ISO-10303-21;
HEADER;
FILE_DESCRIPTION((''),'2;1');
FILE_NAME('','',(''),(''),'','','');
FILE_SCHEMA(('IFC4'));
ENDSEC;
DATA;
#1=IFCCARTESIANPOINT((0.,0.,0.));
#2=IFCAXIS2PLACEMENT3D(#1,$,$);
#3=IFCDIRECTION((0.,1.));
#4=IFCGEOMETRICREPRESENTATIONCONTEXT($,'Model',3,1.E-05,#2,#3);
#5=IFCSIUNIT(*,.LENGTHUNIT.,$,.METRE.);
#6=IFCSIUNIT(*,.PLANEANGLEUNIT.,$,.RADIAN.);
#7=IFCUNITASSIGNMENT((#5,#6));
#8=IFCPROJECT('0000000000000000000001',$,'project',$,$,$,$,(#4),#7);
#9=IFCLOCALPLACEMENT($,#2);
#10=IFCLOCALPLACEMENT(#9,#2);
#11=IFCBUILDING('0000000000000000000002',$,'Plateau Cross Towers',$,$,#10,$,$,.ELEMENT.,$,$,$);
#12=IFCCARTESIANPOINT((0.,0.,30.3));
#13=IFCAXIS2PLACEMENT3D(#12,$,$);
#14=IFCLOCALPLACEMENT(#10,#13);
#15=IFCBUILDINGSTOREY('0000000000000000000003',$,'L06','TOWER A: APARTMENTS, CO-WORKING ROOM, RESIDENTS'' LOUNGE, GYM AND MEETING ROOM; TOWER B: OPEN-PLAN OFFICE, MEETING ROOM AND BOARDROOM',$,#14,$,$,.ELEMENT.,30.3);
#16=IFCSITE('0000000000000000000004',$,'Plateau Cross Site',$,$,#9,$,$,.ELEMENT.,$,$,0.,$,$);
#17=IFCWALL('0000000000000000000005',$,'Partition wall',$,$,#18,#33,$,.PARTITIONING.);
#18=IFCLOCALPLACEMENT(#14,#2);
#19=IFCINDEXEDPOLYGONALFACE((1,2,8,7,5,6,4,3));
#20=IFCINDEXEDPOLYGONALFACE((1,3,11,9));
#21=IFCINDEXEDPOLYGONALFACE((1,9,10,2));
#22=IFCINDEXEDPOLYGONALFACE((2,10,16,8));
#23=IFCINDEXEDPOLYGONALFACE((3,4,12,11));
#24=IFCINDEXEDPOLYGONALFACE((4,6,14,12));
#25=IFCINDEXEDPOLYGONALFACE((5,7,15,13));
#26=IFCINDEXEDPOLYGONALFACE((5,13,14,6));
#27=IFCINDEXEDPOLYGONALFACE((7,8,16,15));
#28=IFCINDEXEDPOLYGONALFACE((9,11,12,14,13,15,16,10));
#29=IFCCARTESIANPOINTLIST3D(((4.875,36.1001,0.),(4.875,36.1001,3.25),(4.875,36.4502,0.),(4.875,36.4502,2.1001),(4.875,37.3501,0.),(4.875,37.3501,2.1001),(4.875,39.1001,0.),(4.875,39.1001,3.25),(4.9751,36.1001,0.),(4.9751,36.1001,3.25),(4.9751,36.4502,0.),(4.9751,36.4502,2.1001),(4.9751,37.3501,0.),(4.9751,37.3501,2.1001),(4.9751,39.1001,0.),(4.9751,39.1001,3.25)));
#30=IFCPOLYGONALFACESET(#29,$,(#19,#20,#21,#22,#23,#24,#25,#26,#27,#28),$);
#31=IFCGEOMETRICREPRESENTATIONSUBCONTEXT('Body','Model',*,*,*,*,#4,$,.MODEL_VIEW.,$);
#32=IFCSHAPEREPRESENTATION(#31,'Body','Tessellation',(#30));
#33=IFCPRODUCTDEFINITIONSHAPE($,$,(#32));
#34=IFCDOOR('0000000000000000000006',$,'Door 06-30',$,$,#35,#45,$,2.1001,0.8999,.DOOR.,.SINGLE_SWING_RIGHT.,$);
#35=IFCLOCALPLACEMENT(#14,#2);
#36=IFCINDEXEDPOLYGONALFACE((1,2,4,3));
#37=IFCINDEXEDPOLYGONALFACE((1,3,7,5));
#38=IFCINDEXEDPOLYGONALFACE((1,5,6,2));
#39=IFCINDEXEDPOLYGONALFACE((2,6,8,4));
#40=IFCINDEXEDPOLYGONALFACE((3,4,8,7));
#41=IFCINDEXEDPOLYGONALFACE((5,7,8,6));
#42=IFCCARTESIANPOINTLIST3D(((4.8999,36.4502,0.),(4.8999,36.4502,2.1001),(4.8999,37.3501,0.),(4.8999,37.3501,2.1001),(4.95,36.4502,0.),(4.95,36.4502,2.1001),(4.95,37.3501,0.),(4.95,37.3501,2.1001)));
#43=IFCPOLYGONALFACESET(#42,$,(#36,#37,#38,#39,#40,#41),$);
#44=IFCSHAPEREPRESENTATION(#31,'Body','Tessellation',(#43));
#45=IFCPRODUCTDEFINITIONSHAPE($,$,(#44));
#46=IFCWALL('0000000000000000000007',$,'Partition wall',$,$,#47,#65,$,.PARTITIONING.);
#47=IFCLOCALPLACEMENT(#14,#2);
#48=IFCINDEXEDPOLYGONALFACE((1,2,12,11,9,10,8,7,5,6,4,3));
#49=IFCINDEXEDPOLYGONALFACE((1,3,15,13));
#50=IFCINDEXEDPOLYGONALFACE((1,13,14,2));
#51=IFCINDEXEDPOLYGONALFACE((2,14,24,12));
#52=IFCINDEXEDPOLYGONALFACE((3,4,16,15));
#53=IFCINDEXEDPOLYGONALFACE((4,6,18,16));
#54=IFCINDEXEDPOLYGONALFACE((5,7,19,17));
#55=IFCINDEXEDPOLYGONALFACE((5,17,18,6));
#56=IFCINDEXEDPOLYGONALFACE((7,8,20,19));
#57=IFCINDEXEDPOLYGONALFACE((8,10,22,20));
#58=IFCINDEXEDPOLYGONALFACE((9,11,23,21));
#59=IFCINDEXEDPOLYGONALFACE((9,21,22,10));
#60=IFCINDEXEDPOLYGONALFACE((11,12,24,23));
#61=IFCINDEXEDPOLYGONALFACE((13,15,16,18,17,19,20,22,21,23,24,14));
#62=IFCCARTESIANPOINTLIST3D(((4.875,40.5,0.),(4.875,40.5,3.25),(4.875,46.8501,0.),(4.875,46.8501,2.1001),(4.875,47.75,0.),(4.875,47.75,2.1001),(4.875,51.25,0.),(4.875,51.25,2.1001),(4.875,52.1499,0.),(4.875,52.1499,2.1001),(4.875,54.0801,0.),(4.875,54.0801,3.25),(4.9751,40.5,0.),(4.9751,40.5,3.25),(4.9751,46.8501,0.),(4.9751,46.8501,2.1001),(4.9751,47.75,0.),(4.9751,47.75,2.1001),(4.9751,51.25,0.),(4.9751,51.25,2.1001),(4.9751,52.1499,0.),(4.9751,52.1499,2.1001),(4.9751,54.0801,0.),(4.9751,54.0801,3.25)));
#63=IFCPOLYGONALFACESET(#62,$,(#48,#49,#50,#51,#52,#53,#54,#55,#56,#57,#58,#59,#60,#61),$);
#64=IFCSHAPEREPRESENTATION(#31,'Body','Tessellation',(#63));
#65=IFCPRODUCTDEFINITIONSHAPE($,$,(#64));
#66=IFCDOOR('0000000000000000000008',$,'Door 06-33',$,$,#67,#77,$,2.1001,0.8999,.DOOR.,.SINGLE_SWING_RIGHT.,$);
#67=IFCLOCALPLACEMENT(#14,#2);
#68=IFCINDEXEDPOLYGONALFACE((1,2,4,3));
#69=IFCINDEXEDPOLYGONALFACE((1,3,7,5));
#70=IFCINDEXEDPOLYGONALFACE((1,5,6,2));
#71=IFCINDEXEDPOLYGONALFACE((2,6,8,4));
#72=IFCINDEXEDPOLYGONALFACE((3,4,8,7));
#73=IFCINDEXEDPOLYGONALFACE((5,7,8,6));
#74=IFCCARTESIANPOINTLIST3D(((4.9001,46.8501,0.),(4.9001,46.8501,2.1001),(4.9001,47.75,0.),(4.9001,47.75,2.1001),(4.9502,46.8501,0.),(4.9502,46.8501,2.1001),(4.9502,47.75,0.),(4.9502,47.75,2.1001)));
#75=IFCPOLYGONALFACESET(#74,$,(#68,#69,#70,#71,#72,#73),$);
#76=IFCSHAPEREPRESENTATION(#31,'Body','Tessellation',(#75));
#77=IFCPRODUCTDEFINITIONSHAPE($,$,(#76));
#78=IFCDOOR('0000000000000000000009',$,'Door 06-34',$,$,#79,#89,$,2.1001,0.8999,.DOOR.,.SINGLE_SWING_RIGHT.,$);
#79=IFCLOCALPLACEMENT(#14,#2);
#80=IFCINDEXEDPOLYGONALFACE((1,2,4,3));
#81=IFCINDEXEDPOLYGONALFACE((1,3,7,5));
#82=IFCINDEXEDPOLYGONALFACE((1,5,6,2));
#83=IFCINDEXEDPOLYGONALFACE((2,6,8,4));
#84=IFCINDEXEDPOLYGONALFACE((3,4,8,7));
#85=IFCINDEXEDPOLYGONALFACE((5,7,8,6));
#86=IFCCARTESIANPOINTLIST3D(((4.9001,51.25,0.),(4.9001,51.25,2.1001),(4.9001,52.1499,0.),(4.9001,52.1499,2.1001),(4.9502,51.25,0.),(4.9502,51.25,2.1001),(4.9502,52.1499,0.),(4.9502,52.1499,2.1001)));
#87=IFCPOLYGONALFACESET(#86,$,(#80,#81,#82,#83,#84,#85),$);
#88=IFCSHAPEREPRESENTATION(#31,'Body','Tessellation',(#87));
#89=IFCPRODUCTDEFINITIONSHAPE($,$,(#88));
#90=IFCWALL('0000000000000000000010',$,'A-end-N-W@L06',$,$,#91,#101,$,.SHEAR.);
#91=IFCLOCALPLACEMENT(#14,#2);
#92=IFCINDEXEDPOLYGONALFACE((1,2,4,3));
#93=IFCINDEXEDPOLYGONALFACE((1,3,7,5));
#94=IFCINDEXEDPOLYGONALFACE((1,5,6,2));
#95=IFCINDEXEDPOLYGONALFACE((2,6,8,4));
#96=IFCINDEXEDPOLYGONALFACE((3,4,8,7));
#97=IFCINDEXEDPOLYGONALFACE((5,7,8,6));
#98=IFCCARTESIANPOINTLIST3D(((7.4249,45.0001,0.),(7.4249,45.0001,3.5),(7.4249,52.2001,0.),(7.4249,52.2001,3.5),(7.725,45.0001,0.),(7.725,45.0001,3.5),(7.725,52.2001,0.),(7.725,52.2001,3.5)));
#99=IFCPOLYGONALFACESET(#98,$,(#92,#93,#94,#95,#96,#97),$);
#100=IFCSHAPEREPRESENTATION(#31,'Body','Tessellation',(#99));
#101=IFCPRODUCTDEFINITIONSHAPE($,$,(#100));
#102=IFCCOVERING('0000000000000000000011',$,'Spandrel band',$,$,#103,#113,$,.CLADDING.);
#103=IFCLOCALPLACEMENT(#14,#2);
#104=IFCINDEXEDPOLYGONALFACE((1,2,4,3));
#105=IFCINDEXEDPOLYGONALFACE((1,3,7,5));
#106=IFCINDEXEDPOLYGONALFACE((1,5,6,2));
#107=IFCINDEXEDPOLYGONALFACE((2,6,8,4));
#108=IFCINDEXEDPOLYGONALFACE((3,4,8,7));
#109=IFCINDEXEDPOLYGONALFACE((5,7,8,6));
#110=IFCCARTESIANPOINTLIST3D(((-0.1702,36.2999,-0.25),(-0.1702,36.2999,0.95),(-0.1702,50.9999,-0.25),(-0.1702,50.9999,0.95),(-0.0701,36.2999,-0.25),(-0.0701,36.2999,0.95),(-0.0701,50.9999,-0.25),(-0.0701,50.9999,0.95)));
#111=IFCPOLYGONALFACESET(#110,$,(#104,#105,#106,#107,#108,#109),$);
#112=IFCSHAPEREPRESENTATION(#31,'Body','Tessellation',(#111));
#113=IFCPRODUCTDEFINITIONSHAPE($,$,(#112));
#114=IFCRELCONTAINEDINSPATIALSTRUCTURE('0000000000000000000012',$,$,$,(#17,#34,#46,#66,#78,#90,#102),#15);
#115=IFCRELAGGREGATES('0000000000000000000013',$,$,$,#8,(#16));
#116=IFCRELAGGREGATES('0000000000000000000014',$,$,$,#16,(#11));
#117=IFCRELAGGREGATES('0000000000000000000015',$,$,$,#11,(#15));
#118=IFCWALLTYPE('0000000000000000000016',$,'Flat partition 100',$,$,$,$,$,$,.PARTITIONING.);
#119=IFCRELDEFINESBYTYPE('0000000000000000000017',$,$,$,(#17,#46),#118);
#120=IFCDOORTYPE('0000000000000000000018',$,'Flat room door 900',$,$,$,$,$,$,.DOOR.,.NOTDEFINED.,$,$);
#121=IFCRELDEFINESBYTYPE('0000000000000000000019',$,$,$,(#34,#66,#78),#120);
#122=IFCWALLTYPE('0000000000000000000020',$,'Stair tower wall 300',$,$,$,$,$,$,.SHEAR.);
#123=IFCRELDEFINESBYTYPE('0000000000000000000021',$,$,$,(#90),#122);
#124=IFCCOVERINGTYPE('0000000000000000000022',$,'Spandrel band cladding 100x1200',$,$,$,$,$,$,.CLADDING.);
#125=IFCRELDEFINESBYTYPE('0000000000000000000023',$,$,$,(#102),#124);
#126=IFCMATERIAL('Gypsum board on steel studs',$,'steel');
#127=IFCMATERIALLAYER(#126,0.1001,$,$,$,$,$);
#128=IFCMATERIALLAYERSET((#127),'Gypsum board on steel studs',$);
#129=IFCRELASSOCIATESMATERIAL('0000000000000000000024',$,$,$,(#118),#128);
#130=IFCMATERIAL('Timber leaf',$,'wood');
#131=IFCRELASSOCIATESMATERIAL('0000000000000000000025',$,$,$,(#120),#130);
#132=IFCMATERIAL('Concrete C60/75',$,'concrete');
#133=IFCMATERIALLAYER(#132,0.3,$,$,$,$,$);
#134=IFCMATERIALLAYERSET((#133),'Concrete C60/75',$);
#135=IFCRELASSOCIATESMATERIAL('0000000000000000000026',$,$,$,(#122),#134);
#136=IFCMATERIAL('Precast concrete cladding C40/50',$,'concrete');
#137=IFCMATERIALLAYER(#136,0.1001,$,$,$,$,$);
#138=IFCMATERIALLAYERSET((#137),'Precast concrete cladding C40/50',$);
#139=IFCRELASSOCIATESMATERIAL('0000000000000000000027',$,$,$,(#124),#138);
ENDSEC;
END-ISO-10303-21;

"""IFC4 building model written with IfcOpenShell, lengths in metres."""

from ifc_helpers import new_model, si_unit, direction, frame, frame_2d, origin, origin_2d, place, context, subcontext, project, spatial, rectangle, extrude, material, layer, layer_set, type_object, element, fill, save


model = new_model("IFC4")

# Units and contexts
model_context = context("Model", 3, precision=1e-05, world=origin(), true_north=direction((0.0, 1.0)))
body_context = subcontext(model_context, "Body", "Model", "MODEL_VIEW")
ifc_project = project(units=[si_unit("LENGTHUNIT", "METRE"), si_unit("PLANEANGLEUNIT", "RADIAN")], contexts=[model_context])

# Site, building, storey
site_placement = place(None, origin())
site = spatial("IfcSite", under=ifc_project, at=site_placement, Name="Plateau Cross Site", CompositionType="ELEMENT", RefElevation=0.0)
building_placement = place(site_placement, origin())
building = spatial("IfcBuilding", under=site, at=building_placement, Name="Plateau Cross Towers", CompositionType="ELEMENT")
storey_placement = place(building_placement, frame((0.0, 0.0, 30.3)))
storey = spatial("IfcBuildingStorey", under=building, at=storey_placement, Name="L06", Description="TOWER A: APARTMENTS, CO-WORKING ROOM, RESIDENTS' LOUNGE, GYM AND MEETING ROOM; TOWER B: OPEN-PLAN OFFICE, MEETING ROOM AND BOARDROOM", CompositionType="ELEMENT", Elevation=30.3)

# Shared definitions
ifc_material_1 = material(Name="Gypsum board on steel studs", Category="steel")
ifc_layer_1 = layer(ifc_material_1, 0.1001)
ifc_layer_set_1 = layer_set([ifc_layer_1], Name="Gypsum board on steel studs")
wall_type_1 = type_object("IfcWallType", Name="Flat partition 100", PredefinedType="PARTITIONING", material=ifc_layer_set_1)

# Shared definitions
ifc_material_2 = material(Name="Timber leaf", Category="wood")
door_type_1 = type_object("IfcDoorType", Name="Flat room door 900", OperationType="NOTDEFINED", PredefinedType="DOOR", material=ifc_material_2)

# Wall, opening, door
wall_1_placement = place(storey_placement, frame((4.925, 39.1001, 0.0), z_axis=(0.0, 0.0, 1.0), x_axis=(0.0, -1.0, 0.0)))
wall_1 = element("IfcWall", 1, at=wall_1_placement, inside=storey, type_object=wall_type_1, Name="Partition wall", PredefinedType="PARTITIONING", context=body_context, shape_type="SweptSolid", body=[
    extrude(rectangle(XDim=3.0, YDim=0.1001, at=frame_2d((1.5, 0.0))), origin(), (0.0, 0.0, 1.0), 3.25),
])
opening_1_placement = place(wall_1_placement, frame((1.75, 0.0, 0.0)))
opening_1 = element("IfcOpeningElement", 2, at=opening_1_placement, cuts=wall_1, PredefinedType="OPENING", context=body_context, shape_type="SweptSolid", body=[
    extrude(rectangle(XDim=0.8999, YDim=2.1001, at=frame_2d((0.45, 1.05))), frame((0.0, 0.0601, 0.0), z_axis=(0.0, -1.0, 0.0), x_axis=(1.0, 0.0, 0.0)), (0.0, 0.0, 1.0), 0.1201),
])
door_1_placement = place(opening_1_placement, origin())
door_1 = element("IfcDoor", 3, at=door_1_placement, inside=storey, type_object=door_type_1, Name="Door 06-30", OperationType="SINGLE_SWING_RIGHT", OverallHeight=2.1001, OverallWidth=0.8999, PredefinedType="DOOR", context=body_context, shape_type="SweptSolid", body=[
    extrude(rectangle(XDim=0.8999, YDim=2.1001, at=frame_2d((0.45, 1.05))), frame((0.0, 0.0249, 0.0), z_axis=(0.0, -1.0, 0.0), x_axis=(1.0, 0.0, 0.0)), (0.0, 0.0, 1.0), 0.05),
])
fill(opening_1, door_1)

# Wall, openings, doors
wall_2_placement = place(storey_placement, frame((4.925, 40.5, 0.0), z_axis=(0.0, 0.0, 1.0), x_axis=(0.0, 1.0, 0.0)))
wall_2 = element("IfcWall", 4, at=wall_2_placement, inside=storey, type_object=wall_type_1, Name="Partition wall", PredefinedType="PARTITIONING", context=body_context, shape_type="SweptSolid", body=[
    extrude(rectangle(XDim=13.5801, YDim=0.1001, at=frame_2d((6.79, 0.0))), origin(), (0.0, 0.0, 1.0), 3.25),
])
opening_2_placement = place(wall_2_placement, frame((6.3501, 0.0, 0.0)))
opening_2 = element("IfcOpeningElement", 5, at=opening_2_placement, cuts=wall_2, PredefinedType="OPENING", context=body_context, shape_type="SweptSolid", body=[
    extrude(rectangle(XDim=0.8999, YDim=2.1001, at=frame_2d((0.45, 1.05))), frame((0.0, 0.0601, 0.0), z_axis=(0.0, -1.0, 0.0), x_axis=(1.0, 0.0, 0.0)), (0.0, 0.0, 1.0), 0.1201),
])
opening_3_placement = place(wall_2_placement, frame((10.75, 0.0, 0.0)))
opening_3 = element("IfcOpeningElement", 6, at=opening_3_placement, cuts=wall_2, PredefinedType="OPENING", context=body_context, shape_type="SweptSolid", body=[
    extrude(rectangle(XDim=0.8999, YDim=2.1001, at=frame_2d((0.45, 1.05))), frame((0.0, 0.0601, 0.0), z_axis=(0.0, -1.0, 0.0), x_axis=(1.0, 0.0, 0.0)), (0.0, 0.0, 1.0), 0.1201),
])
door_2_placement = place(opening_2_placement, origin())
door_2 = element("IfcDoor", 7, at=door_2_placement, inside=storey, type_object=door_type_1, Name="Door 06-33", OperationType="SINGLE_SWING_RIGHT", OverallHeight=2.1001, OverallWidth=0.8999, PredefinedType="DOOR", context=body_context, shape_type="SweptSolid", body=[
    extrude(rectangle(XDim=0.8999, YDim=2.1001, at=frame_2d((0.45, 1.05))), frame((0.0, 0.0249, 0.0), z_axis=(0.0, -1.0, 0.0), x_axis=(1.0, 0.0, 0.0)), (0.0, 0.0, 1.0), 0.05),
])
fill(opening_2, door_2)
door_3_placement = place(opening_3_placement, origin())
door_3 = element("IfcDoor", 8, at=door_3_placement, inside=storey, type_object=door_type_1, Name="Door 06-34", OperationType="SINGLE_SWING_RIGHT", OverallHeight=2.1001, OverallWidth=0.8999, PredefinedType="DOOR", context=body_context, shape_type="SweptSolid", body=[
    extrude(rectangle(XDim=0.8999, YDim=2.1001, at=frame_2d((0.45, 1.05))), frame((0.0, 0.0249, 0.0), z_axis=(0.0, -1.0, 0.0), x_axis=(1.0, 0.0, 0.0)), (0.0, 0.0, 1.0), 0.05),
])
fill(opening_3, door_3)

# Wall
ifc_material_3 = material(Name="Concrete C60/75", Category="concrete")
ifc_layer_2 = layer(ifc_material_3, 0.3)
ifc_layer_set_2 = layer_set([ifc_layer_2], Name="Concrete C60/75")
wall_type_2 = type_object("IfcWallType", Name="Stair tower wall 300", PredefinedType="SHEAR", material=ifc_layer_set_2)
wall_3_placement = place(storey_placement, frame((7.575, 45.0, 0.0), z_axis=(0.0, 0.0, 1.0), x_axis=(0.0, 1.0, 0.0)))
element("IfcWall", 9, at=wall_3_placement, inside=storey, type_object=wall_type_2, Name="A-end-N-W@L06", PredefinedType="SHEAR", context=body_context, shape_type="SweptSolid", body=[
    extrude(rectangle(XDim=7.2, YDim=0.3, at=frame_2d((3.6001, 0.0))), origin(), (0.0, 0.0, 1.0), 3.5),
])

# Covering
ifc_material_4 = material(Name="Precast concrete cladding C40/50", Category="concrete")
ifc_layer_3 = layer(ifc_material_4, 0.1001)
ifc_layer_set_3 = layer_set([ifc_layer_3], Name="Precast concrete cladding C40/50")
covering_type = type_object("IfcCoveringType", Name="Spandrel band cladding 100x1200", PredefinedType="CLADDING", material=ifc_layer_set_3)
covering_placement = place(storey_placement, frame((-0.1201, 43.6499, -0.25), z_axis=(0.0, 0.0, 1.0), x_axis=(0.0, -1.0, 0.0)))
element("IfcCovering", 10, at=covering_placement, inside=storey, type_object=covering_type, Name="Spandrel band", PredefinedType="CLADDING", context=body_context, shape_type="SweptSolid", body=[
    extrude(rectangle(XDim=14.7, YDim=0.1001, at=origin_2d()), origin(), (0.0, 0.0, 1.0), 1.2),
])

save(model, "model.ifc")
